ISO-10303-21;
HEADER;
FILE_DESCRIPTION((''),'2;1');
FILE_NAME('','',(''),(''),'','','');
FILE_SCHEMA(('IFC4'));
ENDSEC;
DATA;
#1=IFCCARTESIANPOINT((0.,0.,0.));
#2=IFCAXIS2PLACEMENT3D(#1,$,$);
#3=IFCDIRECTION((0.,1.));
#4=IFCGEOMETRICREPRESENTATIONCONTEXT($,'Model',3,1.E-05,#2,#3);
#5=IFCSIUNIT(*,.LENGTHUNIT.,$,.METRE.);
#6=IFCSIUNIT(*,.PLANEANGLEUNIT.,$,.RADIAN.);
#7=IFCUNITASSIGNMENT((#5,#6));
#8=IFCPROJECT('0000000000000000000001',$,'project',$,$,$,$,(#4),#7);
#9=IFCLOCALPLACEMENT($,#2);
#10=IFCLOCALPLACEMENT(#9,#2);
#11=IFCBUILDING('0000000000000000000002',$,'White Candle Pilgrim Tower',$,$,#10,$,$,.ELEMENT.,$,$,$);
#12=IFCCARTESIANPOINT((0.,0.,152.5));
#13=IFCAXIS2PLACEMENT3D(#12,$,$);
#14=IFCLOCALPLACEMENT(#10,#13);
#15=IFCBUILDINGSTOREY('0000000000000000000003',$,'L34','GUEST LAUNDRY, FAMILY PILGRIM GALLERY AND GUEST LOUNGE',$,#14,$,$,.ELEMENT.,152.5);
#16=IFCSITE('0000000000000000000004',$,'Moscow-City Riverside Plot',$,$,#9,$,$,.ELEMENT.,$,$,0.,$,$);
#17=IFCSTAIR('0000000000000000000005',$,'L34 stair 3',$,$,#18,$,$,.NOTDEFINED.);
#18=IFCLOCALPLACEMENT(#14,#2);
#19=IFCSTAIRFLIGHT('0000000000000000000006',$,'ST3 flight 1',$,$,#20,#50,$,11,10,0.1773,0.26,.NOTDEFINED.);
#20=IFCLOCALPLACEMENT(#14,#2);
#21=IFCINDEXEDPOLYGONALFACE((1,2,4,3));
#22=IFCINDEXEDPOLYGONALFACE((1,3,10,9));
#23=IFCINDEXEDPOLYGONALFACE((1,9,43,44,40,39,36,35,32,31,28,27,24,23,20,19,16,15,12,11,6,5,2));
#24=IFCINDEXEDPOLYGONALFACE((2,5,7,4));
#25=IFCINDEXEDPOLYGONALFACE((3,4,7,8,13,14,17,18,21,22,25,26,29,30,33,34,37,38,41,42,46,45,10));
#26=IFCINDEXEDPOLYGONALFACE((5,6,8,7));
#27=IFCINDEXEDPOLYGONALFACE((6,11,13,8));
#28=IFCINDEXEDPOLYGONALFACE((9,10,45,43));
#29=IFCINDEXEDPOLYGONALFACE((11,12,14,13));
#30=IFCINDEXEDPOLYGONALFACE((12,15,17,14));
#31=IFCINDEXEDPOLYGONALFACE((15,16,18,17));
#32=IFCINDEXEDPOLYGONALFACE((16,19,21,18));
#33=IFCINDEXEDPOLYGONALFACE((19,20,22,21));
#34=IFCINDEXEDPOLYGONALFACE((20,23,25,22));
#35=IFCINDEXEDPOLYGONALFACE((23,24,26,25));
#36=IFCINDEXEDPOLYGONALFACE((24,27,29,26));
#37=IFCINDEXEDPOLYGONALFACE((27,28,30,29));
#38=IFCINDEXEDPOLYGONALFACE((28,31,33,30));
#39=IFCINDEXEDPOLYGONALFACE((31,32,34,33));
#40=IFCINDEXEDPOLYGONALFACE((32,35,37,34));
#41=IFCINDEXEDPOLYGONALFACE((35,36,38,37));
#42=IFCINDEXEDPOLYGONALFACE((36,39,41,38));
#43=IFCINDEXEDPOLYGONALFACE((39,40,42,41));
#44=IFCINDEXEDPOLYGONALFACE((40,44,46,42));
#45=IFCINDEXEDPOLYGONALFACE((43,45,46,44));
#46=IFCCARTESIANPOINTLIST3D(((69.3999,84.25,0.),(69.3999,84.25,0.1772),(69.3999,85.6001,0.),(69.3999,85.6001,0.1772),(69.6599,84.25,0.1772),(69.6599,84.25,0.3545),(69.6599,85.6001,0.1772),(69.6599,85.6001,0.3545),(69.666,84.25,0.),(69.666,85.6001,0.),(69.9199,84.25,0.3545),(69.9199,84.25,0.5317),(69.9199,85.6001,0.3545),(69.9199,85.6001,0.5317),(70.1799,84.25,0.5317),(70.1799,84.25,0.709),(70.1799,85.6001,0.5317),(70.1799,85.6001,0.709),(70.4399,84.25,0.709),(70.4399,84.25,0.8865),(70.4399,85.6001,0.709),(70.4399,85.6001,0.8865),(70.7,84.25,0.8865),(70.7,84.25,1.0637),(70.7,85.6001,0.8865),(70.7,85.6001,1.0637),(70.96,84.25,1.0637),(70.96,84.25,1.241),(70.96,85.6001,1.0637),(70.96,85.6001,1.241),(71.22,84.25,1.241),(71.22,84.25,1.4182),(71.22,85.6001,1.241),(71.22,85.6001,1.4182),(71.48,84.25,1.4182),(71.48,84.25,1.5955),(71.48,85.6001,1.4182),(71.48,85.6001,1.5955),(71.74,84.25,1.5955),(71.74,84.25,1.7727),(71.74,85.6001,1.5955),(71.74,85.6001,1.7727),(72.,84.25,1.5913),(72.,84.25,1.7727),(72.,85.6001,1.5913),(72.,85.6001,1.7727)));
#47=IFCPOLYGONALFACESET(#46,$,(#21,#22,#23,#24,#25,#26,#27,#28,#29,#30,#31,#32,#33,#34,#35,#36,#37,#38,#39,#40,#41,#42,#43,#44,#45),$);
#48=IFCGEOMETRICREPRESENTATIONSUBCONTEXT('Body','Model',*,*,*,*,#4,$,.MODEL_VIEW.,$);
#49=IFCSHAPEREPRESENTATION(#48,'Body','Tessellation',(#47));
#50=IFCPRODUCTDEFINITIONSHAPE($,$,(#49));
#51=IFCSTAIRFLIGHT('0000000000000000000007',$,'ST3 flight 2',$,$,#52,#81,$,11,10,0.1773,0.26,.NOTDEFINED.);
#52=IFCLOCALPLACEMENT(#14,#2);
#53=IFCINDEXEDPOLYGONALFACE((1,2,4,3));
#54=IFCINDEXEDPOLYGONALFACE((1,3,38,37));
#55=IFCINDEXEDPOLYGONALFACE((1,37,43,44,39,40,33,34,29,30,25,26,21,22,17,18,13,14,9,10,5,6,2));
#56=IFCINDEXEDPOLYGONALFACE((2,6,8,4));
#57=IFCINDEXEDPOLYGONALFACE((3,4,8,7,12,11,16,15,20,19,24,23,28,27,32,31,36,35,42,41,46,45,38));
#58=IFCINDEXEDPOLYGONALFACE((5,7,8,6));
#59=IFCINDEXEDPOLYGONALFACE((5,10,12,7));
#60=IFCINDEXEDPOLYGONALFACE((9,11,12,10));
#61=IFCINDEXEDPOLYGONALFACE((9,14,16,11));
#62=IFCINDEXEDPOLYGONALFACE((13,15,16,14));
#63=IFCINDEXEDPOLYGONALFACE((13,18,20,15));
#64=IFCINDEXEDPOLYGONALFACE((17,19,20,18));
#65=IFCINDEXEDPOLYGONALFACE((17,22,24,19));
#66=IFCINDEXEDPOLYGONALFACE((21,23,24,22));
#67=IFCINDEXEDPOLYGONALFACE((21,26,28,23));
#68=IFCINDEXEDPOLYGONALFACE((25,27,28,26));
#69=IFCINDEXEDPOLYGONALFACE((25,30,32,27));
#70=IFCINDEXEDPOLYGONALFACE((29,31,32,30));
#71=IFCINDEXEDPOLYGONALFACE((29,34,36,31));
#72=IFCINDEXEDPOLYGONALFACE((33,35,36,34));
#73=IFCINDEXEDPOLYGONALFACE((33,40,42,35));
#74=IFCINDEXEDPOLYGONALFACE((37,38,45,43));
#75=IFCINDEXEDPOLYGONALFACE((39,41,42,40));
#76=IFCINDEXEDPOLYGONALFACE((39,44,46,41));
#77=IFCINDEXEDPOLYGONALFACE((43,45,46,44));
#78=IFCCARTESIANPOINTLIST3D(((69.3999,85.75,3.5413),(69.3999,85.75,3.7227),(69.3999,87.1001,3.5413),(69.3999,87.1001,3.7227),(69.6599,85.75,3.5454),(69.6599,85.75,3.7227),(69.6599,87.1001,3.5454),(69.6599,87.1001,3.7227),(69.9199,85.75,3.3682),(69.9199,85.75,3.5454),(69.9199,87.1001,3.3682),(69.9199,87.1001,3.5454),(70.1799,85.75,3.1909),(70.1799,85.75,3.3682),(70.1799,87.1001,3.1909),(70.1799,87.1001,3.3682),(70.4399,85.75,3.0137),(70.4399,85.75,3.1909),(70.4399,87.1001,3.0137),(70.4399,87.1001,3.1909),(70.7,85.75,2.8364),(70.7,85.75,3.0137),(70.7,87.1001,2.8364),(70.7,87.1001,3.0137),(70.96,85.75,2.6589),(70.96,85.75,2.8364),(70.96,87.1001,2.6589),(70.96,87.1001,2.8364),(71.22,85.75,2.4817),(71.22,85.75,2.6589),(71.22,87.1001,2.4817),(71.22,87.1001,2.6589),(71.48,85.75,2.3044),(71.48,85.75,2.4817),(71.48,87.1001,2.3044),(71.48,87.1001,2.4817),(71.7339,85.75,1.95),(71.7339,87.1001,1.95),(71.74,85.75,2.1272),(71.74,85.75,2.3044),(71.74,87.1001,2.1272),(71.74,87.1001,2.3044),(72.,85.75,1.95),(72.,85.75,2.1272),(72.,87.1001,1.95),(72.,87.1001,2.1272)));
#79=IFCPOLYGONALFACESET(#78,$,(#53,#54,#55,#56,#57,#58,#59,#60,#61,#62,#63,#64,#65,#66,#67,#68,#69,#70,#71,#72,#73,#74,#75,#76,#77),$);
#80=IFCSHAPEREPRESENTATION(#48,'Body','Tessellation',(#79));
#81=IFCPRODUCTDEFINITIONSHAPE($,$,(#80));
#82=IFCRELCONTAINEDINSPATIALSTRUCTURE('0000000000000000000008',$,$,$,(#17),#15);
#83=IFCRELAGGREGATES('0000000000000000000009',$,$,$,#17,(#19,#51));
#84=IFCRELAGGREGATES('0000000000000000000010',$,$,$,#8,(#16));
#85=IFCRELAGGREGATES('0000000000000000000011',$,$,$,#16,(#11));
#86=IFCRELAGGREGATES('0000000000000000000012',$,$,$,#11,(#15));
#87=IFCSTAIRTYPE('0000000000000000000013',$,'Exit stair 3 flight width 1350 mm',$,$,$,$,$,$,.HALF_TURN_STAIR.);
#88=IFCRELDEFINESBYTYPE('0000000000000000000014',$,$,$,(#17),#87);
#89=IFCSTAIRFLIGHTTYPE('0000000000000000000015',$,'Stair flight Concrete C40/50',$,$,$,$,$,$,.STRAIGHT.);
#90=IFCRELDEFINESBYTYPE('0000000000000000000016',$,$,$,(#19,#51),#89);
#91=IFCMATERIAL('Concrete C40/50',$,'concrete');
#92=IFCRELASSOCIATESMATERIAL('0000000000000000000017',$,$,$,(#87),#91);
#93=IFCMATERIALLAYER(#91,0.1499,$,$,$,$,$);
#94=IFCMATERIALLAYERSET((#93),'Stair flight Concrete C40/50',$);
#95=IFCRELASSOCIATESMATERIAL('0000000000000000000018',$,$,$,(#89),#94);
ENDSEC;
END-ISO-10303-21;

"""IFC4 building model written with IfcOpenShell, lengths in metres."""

from ifc_helpers import new_model, si_unit, direction, frame, origin, place, context, subcontext, project, spatial, polyline, outline, extrude, material, layer, layer_set, type_object, element, aggregate, save


model = new_model("IFC4")

# Units and contexts
model_context = context("Model", 3, precision=1e-05, world=origin(), true_north=direction((0.0, 1.0)))
body_context = subcontext(model_context, "Body", "Model", "MODEL_VIEW")
ifc_project = project(units=[si_unit("LENGTHUNIT", "METRE"), si_unit("PLANEANGLEUNIT", "RADIAN")], contexts=[model_context])

# Site, building, storey
site_placement = place(None, origin())
site = spatial("IfcSite", under=ifc_project, at=site_placement, Name="Moscow-City Riverside Plot", CompositionType="ELEMENT", RefElevation=0.0)
building_placement = place(site_placement, origin())
building = spatial("IfcBuilding", under=site, at=building_placement, Name="White Candle Pilgrim Tower", CompositionType="ELEMENT")
storey_placement = place(building_placement, frame((0.0, 0.0, 152.5)))
storey = spatial("IfcBuildingStorey", under=building, at=storey_placement, Name="L34", Description="GUEST LAUNDRY, FAMILY PILGRIM GALLERY AND GUEST LOUNGE", CompositionType="ELEMENT", Elevation=152.5)

# Stair, stair flights
ifc_material_1 = material(Name="Concrete C40/50", Category="concrete")
stair_type = type_object("IfcStairType", Name="Exit stair 3 flight width 1350 mm", PredefinedType="HALF_TURN_STAIR", material=ifc_material_1)
stair_placement = place(storey_placement, origin())
stair = element("IfcStair", 1, at=stair_placement, inside=storey, type_object=stair_type, Name="L34 stair 3", PredefinedType="NOTDEFINED")
ifc_layer_1 = layer(ifc_material_1, 0.1499)
ifc_layer_set_1 = layer_set([ifc_layer_1], Name="Stair flight Concrete C40/50")
stair_flight_type = type_object("IfcStairFlightType", Name="Stair flight Concrete C40/50", PredefinedType="STRAIGHT", material=ifc_layer_set_1)
stair_flight_1_placement = place(storey_placement, frame((69.3999, 84.925, 0.0), z_axis=(0.0, 0.0, 1.0), x_axis=(1.0, 0.0, 0.0)))
stair_flight_1 = element("IfcStairFlight", 2, at=stair_flight_1_placement, type_object=stair_flight_type, Name="ST3 flight 1", NumberOfRisers=11, NumberOfTreads=10, PredefinedType="NOTDEFINED", RiserHeight=0.1773, TreadLength=0.26, context=body_context, shape_type="SweptSolid", body=[
    extrude(outline(polyline([(0.0, 0.0), (0.0, 0.1772), (0.26, 0.1772), (0.26, 0.3545), (0.52, 0.3545), (0.52, 0.5317), (0.78, 0.5317), (0.78, 0.709), (1.04, 0.709), (1.04, 0.8865), (1.3, 0.8865), (1.3, 1.0637), (1.5601, 1.0637), (1.5601, 1.241), (1.8201, 1.241), (1.8201, 1.4182), (2.0801, 1.4182), (2.0801, 1.5955), (2.3401, 1.5955), (2.3401, 1.7727), (2.6001, 1.7727), (2.6001, 1.95), (2.6001, 1.5913), (0.2661, 0.0), (0.0, 0.0)])), frame((0.0, 0.675, 0.0), z_axis=(0.0, -1.0, 0.0), x_axis=(1.0, 0.0, 0.0)), (0.0, 0.0, 1.0), 1.3501),
])
stair_flight_2_placement = place(storey_placement, frame((72.0, 86.425, 1.95), z_axis=(0.0, 0.0, 1.0), x_axis=(-1.0, 0.0, 0.0)))
stair_flight_2 = element("IfcStairFlight", 3, at=stair_flight_2_placement, type_object=stair_flight_type, Name="ST3 flight 2", NumberOfRisers=11, NumberOfTreads=10, PredefinedType="NOTDEFINED", RiserHeight=0.1773, TreadLength=0.26, context=body_context, shape_type="SweptSolid", body=[
    extrude(outline(polyline([(0.0, 0.0), (0.0, 0.1772), (0.26, 0.1772), (0.26, 0.3545), (0.52, 0.3545), (0.52, 0.5317), (0.78, 0.5317), (0.78, 0.709), (1.04, 0.709), (1.04, 0.8865), (1.3, 0.8865), (1.3, 1.0637), (1.5601, 1.0637), (1.5601, 1.241), (1.8201, 1.241), (1.8201, 1.4182), (2.0801, 1.4182), (2.0801, 1.5955), (2.3401, 1.5955), (2.3401, 1.7727), (2.6001, 1.7727), (2.6001, 1.95), (2.6001, 1.5913), (0.2661, 0.0), (0.0, 0.0)])), frame((0.0, 0.675, 0.0), z_axis=(0.0, -1.0, 0.0), x_axis=(1.0, 0.0, 0.0)), (0.0, 0.0, 1.0), 1.3501),
])
aggregate(stair, [stair_flight_1, stair_flight_2])

save(model, "model.ifc")
